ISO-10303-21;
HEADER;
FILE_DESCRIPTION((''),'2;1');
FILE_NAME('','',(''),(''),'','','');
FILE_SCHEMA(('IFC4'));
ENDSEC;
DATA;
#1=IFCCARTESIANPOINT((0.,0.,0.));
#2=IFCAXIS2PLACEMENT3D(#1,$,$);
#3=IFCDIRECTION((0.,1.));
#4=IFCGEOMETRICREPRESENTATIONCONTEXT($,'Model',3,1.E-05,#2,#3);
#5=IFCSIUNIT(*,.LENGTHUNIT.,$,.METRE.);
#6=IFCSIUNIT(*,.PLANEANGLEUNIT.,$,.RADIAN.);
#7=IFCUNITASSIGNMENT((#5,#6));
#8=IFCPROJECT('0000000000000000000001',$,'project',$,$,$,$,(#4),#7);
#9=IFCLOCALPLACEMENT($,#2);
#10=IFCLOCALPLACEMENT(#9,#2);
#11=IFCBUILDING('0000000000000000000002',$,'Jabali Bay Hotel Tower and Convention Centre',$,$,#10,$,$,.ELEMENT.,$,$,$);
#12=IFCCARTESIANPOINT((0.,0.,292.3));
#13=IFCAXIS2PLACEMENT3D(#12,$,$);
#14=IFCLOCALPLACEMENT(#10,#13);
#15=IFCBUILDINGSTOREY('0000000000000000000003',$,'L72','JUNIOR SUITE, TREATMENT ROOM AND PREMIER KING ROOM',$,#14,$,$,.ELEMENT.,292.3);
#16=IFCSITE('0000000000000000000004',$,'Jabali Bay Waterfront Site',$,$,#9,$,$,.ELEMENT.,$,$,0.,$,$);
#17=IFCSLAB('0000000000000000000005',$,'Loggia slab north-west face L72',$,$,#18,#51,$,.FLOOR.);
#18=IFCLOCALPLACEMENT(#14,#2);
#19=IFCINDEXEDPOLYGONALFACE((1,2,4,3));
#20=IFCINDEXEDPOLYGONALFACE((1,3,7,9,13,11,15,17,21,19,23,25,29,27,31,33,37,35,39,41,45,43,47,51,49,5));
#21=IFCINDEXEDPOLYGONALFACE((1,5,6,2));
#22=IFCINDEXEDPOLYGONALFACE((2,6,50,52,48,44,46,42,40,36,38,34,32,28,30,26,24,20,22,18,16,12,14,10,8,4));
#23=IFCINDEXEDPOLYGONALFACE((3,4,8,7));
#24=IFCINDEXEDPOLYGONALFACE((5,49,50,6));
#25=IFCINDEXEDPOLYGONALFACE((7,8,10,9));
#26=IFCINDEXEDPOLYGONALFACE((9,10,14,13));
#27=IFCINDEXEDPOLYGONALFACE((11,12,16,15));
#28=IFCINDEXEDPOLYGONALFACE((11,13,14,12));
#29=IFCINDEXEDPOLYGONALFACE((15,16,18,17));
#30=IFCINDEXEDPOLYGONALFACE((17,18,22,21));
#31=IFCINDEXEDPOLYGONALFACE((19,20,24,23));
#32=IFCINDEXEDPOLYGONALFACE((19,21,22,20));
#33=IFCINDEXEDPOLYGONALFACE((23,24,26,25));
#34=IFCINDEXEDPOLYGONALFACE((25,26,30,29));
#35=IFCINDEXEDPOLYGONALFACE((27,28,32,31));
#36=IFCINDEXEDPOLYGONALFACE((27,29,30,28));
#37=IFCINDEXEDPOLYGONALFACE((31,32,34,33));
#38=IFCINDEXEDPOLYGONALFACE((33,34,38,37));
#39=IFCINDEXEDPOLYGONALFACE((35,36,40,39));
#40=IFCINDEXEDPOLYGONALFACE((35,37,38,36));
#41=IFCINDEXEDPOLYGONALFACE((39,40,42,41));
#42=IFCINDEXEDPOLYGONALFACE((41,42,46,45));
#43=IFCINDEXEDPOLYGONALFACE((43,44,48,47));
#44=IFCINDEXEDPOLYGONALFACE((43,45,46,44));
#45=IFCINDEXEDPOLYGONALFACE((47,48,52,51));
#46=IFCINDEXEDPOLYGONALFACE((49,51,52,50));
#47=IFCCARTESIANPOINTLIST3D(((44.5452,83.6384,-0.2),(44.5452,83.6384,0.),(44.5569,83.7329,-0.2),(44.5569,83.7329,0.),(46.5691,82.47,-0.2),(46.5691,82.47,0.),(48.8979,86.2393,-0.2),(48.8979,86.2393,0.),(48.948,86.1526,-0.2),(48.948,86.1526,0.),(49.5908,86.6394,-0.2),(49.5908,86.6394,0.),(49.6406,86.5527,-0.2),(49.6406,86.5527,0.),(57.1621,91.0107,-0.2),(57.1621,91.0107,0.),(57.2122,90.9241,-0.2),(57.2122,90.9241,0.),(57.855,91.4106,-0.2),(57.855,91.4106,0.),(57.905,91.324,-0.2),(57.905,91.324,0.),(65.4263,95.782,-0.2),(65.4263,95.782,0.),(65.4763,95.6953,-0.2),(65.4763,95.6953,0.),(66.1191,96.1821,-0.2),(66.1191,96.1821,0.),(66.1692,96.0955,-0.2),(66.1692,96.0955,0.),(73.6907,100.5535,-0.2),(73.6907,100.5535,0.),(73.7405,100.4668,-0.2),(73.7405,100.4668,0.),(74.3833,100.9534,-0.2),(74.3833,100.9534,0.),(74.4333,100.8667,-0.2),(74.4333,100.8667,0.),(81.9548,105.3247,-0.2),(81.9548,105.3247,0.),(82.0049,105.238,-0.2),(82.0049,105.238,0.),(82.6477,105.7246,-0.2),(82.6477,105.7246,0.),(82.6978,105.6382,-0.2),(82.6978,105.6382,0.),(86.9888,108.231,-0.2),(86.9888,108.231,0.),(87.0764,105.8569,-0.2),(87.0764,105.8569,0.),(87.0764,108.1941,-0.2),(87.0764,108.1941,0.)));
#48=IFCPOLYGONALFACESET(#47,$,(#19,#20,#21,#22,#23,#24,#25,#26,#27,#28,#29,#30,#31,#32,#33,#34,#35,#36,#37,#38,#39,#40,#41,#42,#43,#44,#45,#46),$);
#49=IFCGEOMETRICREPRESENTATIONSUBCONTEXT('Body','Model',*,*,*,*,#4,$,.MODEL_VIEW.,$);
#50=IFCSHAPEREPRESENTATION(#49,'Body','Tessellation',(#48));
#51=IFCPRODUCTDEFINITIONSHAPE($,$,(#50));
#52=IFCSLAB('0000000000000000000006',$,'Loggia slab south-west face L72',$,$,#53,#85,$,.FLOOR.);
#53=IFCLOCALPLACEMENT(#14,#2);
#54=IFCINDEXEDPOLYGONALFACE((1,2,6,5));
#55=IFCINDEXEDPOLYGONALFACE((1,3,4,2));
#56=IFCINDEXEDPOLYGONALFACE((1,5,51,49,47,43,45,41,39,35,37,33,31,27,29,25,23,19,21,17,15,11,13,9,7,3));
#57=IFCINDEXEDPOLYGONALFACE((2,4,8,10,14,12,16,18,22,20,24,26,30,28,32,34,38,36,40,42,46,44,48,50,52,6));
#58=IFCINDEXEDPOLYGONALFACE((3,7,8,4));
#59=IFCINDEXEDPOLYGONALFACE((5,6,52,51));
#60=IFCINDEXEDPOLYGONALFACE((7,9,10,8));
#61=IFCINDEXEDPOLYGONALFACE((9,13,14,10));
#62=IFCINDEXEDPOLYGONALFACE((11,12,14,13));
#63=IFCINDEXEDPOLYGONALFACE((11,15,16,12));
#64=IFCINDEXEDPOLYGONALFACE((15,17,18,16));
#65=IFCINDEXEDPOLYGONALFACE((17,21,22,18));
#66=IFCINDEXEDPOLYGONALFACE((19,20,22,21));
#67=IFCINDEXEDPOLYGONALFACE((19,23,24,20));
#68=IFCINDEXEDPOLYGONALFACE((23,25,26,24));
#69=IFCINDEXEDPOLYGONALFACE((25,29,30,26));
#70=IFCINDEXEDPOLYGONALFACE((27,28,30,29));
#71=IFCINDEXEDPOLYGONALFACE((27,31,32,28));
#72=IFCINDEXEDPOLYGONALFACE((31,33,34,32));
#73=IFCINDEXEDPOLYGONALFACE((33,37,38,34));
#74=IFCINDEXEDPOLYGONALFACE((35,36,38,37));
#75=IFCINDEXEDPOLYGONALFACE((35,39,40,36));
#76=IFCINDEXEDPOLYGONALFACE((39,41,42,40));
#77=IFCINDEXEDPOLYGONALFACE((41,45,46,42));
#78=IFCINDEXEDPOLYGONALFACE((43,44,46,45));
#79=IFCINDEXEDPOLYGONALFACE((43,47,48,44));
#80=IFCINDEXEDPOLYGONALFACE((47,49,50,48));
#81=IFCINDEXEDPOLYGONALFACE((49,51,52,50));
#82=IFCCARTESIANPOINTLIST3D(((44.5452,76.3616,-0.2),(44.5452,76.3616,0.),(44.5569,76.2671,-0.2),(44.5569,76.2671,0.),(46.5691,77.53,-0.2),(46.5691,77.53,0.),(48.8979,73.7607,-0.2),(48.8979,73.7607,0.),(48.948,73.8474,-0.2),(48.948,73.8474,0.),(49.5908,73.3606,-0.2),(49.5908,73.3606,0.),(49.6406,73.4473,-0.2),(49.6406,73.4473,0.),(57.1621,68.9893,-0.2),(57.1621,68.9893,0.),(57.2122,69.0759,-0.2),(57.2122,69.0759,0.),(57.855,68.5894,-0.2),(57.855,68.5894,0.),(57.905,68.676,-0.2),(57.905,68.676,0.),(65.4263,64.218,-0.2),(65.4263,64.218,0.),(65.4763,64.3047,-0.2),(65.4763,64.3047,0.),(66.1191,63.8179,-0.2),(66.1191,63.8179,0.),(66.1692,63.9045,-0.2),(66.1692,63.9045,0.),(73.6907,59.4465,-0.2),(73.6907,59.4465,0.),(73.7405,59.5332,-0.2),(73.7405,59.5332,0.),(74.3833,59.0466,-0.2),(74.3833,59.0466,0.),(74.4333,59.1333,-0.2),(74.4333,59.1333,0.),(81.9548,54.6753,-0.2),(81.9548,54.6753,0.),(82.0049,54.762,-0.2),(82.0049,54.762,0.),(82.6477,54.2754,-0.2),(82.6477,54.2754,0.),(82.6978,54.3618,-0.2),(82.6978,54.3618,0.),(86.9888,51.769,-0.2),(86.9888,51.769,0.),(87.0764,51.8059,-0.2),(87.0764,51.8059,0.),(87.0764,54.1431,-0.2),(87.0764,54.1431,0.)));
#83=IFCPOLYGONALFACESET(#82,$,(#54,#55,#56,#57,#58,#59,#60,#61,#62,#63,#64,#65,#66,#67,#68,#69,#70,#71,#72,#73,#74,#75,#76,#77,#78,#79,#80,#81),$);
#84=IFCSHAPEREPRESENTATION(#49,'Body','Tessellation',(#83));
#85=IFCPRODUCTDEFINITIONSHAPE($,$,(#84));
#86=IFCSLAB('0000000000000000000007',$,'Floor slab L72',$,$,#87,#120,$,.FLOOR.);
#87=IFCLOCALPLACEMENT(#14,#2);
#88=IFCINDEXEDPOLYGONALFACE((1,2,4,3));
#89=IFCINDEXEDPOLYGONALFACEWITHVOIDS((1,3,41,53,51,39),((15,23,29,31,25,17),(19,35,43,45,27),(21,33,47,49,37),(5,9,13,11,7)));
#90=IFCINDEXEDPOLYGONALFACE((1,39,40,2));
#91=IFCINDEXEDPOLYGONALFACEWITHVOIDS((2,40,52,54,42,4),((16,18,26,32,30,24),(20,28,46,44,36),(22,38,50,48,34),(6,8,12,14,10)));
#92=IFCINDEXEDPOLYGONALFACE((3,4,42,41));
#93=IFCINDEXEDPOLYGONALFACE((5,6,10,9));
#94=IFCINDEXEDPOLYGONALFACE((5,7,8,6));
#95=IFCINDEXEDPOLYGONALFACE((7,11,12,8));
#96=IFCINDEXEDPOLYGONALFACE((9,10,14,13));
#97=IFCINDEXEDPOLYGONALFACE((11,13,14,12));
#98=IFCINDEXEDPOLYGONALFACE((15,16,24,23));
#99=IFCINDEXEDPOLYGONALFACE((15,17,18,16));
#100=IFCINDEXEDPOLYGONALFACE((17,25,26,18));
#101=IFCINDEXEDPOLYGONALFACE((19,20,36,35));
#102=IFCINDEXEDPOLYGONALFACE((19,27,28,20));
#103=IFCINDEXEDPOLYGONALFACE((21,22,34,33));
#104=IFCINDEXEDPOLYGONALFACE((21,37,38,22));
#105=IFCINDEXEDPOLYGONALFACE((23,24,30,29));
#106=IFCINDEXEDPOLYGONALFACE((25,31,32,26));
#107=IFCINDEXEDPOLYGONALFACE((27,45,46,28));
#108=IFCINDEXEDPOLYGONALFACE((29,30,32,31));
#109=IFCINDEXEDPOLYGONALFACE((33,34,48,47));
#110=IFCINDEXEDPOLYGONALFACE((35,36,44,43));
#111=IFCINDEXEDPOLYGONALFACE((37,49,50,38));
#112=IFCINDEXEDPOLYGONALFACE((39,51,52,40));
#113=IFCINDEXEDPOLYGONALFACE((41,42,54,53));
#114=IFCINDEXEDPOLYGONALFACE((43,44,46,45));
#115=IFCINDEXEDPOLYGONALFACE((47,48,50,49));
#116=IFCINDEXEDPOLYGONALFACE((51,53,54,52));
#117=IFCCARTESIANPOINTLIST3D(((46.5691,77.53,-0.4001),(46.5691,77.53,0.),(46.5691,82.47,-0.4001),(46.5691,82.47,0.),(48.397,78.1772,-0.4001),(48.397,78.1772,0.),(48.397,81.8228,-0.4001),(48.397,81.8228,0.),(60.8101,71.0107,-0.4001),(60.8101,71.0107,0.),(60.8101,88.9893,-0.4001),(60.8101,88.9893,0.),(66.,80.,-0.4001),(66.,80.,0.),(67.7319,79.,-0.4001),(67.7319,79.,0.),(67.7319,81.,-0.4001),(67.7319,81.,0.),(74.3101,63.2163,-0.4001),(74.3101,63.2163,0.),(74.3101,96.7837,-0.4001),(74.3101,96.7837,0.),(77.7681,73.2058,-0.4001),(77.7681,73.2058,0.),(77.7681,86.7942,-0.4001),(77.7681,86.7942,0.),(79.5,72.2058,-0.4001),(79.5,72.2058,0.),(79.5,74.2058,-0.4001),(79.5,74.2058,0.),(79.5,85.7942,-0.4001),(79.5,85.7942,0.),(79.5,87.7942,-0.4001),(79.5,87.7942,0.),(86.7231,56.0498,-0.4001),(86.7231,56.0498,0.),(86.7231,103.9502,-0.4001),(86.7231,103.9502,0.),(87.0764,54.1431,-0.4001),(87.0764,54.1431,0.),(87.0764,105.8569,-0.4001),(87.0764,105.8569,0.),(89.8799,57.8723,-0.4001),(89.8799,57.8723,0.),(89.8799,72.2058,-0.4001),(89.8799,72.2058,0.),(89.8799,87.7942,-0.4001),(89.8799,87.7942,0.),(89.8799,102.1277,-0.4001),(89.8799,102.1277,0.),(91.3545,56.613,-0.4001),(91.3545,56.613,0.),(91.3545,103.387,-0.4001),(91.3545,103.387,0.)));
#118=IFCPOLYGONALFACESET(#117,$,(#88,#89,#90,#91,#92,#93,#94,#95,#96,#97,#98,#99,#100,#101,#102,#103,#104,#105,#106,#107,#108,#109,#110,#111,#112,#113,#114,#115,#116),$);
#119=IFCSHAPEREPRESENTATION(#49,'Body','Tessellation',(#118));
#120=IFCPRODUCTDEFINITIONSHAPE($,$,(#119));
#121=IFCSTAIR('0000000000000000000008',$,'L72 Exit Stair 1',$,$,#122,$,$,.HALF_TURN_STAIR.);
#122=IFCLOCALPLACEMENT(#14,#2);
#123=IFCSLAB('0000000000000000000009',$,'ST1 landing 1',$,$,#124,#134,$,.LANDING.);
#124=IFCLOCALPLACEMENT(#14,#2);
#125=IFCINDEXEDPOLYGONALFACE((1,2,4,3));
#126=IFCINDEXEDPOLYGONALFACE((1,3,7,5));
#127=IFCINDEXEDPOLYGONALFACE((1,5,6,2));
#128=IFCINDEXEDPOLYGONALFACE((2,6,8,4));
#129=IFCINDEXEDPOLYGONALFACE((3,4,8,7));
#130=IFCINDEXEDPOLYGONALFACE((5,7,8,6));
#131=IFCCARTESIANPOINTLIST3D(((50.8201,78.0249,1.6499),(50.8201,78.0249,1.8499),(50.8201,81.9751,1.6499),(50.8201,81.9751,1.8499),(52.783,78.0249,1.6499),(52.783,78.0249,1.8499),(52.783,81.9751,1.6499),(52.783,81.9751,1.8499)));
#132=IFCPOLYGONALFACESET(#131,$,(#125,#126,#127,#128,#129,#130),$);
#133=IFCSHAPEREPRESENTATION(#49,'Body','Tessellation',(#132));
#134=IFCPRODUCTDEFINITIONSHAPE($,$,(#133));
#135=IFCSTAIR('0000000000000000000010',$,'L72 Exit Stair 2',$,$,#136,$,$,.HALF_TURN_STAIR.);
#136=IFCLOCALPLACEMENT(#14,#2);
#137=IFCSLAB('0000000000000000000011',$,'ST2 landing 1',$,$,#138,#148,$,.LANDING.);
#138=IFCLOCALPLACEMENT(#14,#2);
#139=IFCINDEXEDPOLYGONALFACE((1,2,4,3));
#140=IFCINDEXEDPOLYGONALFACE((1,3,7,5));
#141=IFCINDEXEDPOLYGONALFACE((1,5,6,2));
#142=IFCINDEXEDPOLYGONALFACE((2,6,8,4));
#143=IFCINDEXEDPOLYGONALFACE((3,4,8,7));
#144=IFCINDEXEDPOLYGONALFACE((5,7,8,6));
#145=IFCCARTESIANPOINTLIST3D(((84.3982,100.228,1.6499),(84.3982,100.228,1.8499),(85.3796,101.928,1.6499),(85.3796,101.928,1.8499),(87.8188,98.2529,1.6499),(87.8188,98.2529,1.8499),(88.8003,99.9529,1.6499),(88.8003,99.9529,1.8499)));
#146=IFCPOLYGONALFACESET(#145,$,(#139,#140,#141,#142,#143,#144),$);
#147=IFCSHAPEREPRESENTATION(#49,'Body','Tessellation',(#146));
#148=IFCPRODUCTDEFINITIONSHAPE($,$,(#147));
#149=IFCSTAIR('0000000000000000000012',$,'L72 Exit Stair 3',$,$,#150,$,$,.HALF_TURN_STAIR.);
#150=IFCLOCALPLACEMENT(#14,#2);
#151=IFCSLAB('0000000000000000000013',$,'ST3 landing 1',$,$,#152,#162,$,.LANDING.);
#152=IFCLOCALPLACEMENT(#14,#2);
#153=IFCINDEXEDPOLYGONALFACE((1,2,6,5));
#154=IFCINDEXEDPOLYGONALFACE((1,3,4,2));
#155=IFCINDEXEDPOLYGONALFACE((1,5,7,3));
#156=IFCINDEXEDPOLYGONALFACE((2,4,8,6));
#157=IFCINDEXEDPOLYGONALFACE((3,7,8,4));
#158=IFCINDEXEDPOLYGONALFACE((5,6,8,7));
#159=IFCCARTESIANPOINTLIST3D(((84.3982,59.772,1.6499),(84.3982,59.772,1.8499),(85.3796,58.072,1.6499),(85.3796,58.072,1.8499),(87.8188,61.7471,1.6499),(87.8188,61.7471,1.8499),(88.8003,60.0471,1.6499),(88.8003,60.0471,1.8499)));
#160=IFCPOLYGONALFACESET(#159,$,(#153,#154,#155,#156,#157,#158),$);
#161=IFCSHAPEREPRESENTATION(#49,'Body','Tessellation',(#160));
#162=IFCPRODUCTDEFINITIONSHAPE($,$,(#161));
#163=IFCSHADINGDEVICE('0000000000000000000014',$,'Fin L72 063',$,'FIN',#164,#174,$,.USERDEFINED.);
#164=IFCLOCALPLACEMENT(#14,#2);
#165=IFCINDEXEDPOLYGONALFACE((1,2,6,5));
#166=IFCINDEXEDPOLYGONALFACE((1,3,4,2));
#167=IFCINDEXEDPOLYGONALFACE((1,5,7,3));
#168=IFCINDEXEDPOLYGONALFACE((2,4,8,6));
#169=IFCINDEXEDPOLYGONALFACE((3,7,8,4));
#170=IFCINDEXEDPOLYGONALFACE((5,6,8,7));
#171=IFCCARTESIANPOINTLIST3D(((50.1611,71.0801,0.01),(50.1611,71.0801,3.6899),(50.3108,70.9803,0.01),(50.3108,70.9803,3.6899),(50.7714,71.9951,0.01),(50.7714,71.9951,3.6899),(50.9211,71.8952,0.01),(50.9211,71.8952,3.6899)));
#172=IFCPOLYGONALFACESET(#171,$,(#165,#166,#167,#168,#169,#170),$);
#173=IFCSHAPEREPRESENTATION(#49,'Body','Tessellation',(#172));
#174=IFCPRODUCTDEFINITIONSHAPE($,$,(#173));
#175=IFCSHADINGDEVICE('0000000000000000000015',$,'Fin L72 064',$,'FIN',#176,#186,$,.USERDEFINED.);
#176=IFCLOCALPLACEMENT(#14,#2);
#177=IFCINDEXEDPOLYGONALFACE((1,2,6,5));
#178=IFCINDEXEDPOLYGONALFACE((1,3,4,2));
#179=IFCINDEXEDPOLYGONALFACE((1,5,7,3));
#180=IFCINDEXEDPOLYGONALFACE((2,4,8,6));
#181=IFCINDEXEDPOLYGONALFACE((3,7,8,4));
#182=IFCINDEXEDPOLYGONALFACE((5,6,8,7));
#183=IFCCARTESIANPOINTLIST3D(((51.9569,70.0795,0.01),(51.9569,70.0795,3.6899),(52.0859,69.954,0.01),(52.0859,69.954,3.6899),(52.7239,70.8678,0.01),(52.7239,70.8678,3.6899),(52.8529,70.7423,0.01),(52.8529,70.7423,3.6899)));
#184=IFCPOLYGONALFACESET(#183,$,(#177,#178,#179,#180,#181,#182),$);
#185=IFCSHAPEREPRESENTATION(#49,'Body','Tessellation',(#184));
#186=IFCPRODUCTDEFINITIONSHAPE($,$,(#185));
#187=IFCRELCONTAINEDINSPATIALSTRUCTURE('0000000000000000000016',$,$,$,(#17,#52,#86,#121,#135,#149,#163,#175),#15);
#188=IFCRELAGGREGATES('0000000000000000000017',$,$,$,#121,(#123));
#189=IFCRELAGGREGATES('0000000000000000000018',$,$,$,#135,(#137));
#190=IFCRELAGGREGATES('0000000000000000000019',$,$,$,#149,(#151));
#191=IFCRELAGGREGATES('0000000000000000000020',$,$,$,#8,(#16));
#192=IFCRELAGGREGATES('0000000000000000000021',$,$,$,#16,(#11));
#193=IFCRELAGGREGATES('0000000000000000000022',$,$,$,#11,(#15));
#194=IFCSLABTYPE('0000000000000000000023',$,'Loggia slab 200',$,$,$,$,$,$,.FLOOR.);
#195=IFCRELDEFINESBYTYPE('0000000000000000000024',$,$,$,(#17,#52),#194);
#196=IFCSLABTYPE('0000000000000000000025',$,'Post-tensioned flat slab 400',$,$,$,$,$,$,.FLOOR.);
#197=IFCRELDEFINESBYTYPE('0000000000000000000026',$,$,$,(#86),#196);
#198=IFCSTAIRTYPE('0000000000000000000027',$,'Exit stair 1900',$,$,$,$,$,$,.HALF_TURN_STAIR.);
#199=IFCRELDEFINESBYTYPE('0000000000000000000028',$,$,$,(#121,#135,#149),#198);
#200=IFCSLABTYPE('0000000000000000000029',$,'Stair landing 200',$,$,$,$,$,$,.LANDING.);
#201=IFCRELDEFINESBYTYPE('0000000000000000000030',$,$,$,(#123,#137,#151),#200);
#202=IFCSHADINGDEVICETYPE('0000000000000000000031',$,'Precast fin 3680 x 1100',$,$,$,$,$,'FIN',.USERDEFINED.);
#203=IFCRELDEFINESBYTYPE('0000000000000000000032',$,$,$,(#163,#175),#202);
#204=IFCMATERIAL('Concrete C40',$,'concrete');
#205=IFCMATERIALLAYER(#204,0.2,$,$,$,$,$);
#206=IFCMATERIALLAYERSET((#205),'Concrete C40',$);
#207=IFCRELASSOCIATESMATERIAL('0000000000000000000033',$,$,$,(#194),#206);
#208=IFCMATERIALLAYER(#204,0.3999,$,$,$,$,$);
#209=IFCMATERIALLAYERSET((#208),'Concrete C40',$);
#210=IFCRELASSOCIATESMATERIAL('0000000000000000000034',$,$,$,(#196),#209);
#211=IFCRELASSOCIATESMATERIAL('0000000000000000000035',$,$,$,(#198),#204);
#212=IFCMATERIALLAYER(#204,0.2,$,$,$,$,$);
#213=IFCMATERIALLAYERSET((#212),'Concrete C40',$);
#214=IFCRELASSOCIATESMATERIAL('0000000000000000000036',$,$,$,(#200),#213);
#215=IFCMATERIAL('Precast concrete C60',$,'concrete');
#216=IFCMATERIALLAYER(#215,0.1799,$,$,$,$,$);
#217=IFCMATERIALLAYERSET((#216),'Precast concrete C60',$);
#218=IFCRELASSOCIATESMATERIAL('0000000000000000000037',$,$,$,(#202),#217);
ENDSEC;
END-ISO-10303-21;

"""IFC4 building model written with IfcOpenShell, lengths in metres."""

from ifc_helpers import new_model, si_unit, direction, frame, frame_2d, origin, place, context, subcontext, project, spatial, polyline, rectangle, outline, extrude, material, layer, layer_set, type_object, element, aggregate, save


model = new_model("IFC4")

# Units and contexts
model_context = context("Model", 3, precision=1e-05, world=origin(), true_north=direction((0.0, 1.0)))
body_context = subcontext(model_context, "Body", "Model", "MODEL_VIEW")
ifc_project = project(units=[si_unit("LENGTHUNIT", "METRE"), si_unit("PLANEANGLEUNIT", "RADIAN")], contexts=[model_context])

# Site, building, storey
site_placement = place(None, origin())
site = spatial("IfcSite", under=ifc_project, at=site_placement, Name="Jabali Bay Waterfront Site", CompositionType="ELEMENT", RefElevation=0.0)
building_placement = place(site_placement, origin())
building = spatial("IfcBuilding", under=site, at=building_placement, Name="Jabali Bay Hotel Tower and Convention Centre", CompositionType="ELEMENT")
storey_placement = place(building_placement, frame((0.0, 0.0, 292.3)))
storey = spatial("IfcBuildingStorey", under=building, at=storey_placement, Name="L72", Description="JUNIOR SUITE, TREATMENT ROOM AND PREMIER KING ROOM", CompositionType="ELEMENT", Elevation=292.3)

# Slabs
ifc_material_1 = material(Name="Concrete C40", Category="concrete")
ifc_layer_1 = layer(ifc_material_1, 0.2)
ifc_layer_set_1 = layer_set([ifc_layer_1], Name="Concrete C40")
slab_type_1 = type_object("IfcSlabType", Name="Loggia slab 200", PredefinedType="FLOOR", material=ifc_layer_set_1)
slab_1_placement = place(storey_placement, frame((0.0, 0.0, -0.2)))
element("IfcSlab", 1, at=slab_1_placement, inside=storey, type_object=slab_type_1, Name="Loggia slab north-west face L72", PredefinedType="FLOOR", context=body_context, shape_type="SweptSolid", body=[
    extrude(outline(polyline([(46.5691, 82.47), (44.5452, 83.6384), (44.5569, 83.7329), (48.8979, 86.2393), (48.948, 86.1526), (49.6406, 86.5527), (49.5908, 86.6394), (57.1621, 91.0107), (57.2122, 90.9241), (57.905, 91.324), (57.855, 91.4106), (65.4263, 95.782), (65.4763, 95.6953), (66.1692, 96.0955), (66.1191, 96.1821), (73.6907, 100.5535), (73.7405, 100.4668), (74.4333, 100.8667), (74.3833, 100.9534), (81.9548, 105.3247), (82.0049, 105.238), (82.6978, 105.6382), (82.6477, 105.7246), (86.9888, 108.231), (87.0764, 108.1941), (87.0764, 105.8569), (46.5691, 82.47)])), origin(), (0.0, 0.0, 1.0), 0.2),
])
slab_2_placement = place(storey_placement, frame((0.0, 0.0, -0.2)))
element("IfcSlab", 2, at=slab_2_placement, inside=storey, type_object=slab_type_1, Name="Loggia slab south-west face L72", PredefinedType="FLOOR", context=body_context, shape_type="SweptSolid", body=[
    extrude(outline(polyline([(87.0764, 54.1431), (87.0764, 51.8059), (86.9888, 51.769), (82.6477, 54.2754), (82.6978, 54.3618), (82.0049, 54.762), (81.9548, 54.6753), (74.3833, 59.0466), (74.4333, 59.1333), (73.7405, 59.5332), (73.6907, 59.4465), (66.1191, 63.8179), (66.1692, 63.9045), (65.4763, 64.3047), (65.4263, 64.218), (57.855, 68.5894), (57.905, 68.676), (57.2122, 69.0759), (57.1621, 68.9893), (49.5908, 73.3606), (49.6406, 73.4473), (48.948, 73.8474), (48.8979, 73.7607), (44.5569, 76.2671), (44.5452, 76.3616), (46.5691, 77.53), (87.0764, 54.1431)])), origin(), (0.0, 0.0, 1.0), 0.2),
])
ifc_layer_2 = layer(ifc_material_1, 0.3999)
ifc_layer_set_2 = layer_set([ifc_layer_2], Name="Concrete C40")
slab_type_2 = type_object("IfcSlabType", Name="Post-tensioned flat slab 400", PredefinedType="FLOOR", material=ifc_layer_set_2)
slab_3_placement = place(storey_placement, frame((0.0, 0.0, -0.4001)))
element("IfcSlab", 3, at=slab_3_placement, inside=storey, type_object=slab_type_2, Name="Floor slab L72", PredefinedType="FLOOR", context=body_context, shape_type="SweptSolid", body=[
    extrude(outline(polyline([(87.0764, 105.8569), (91.3545, 103.387), (91.3545, 56.613), (87.0764, 54.1431), (46.5691, 77.53), (46.5691, 82.47), (87.0764, 105.8569)]), holes=[polyline([(67.7319, 79.0), (77.7681, 73.2058), (79.5, 74.2058), (79.5, 85.7942), (77.7681, 86.7942), (67.7319, 81.0), (67.7319, 79.0)]), polyline([(48.397, 78.1772), (60.8101, 71.0107), (66.0, 80.0), (60.8101, 88.9893), (48.397, 81.8228), (48.397, 78.1772)]), polyline([(89.8799, 102.1277), (86.7231, 103.9502), (74.3101, 96.7837), (79.5, 87.7942), (89.8799, 87.7942), (89.8799, 102.1277)]), polyline([(74.3101, 63.2163), (86.7231, 56.0498), (89.8799, 57.8723), (89.8799, 72.2058), (79.5, 72.2058), (74.3101, 63.2163)])]), origin(), (0.0, 0.0, 1.0), 0.4001),
])

# Stairs, slabs
stair_type = type_object("IfcStairType", Name="Exit stair 1900", PredefinedType="HALF_TURN_STAIR", material=ifc_material_1)
stair_1_placement = place(storey_placement, origin())
stair_1 = element("IfcStair", 4, at=stair_1_placement, inside=storey, type_object=stair_type, Name="L72 Exit Stair 1", PredefinedType="HALF_TURN_STAIR")
ifc_layer_3 = layer(ifc_material_1, 0.2)
ifc_layer_set_3 = layer_set([ifc_layer_3], Name="Concrete C40")
slab_type_3 = type_object("IfcSlabType", Name="Stair landing 200", PredefinedType="LANDING", material=ifc_layer_set_3)
slab_4_placement = place(storey_placement, frame((0.0, 0.0, 1.6499)))
slab_4 = element("IfcSlab", 5, at=slab_4_placement, type_object=slab_type_3, Name="ST1 landing 1", PredefinedType="LANDING", context=body_context, shape_type="SweptSolid", body=[
    extrude(outline(polyline([(52.783, 81.9751), (50.8201, 81.9751), (50.8201, 78.0249), (52.783, 78.0249), (52.783, 81.9751)])), origin(), (0.0, 0.0, 1.0), 0.2),
])
aggregate(stair_1, [slab_4])
stair_2_placement = place(storey_placement, origin())
stair_2 = element("IfcStair", 6, at=stair_2_placement, inside=storey, type_object=stair_type, Name="L72 Exit Stair 2", PredefinedType="HALF_TURN_STAIR")
slab_5_placement = place(storey_placement, frame((0.0, 0.0, 1.6499)))
slab_5 = element("IfcSlab", 7, at=slab_5_placement, type_object=slab_type_3, Name="ST2 landing 1", PredefinedType="LANDING", context=body_context, shape_type="SweptSolid", body=[
    extrude(outline(polyline([(87.8188, 98.2529), (88.8003, 99.9529), (85.3796, 101.928), (84.3982, 100.228), (87.8188, 98.2529)])), origin(), (0.0, 0.0, 1.0), 0.2),
])
aggregate(stair_2, [slab_5])
stair_3_placement = place(storey_placement, origin())
stair_3 = element("IfcStair", 8, at=stair_3_placement, inside=storey, type_object=stair_type, Name="L72 Exit Stair 3", PredefinedType="HALF_TURN_STAIR")
slab_6_placement = place(storey_placement, frame((0.0, 0.0, 1.6499)))
slab_6 = element("IfcSlab", 9, at=slab_6_placement, type_object=slab_type_3, Name="ST3 landing 1", PredefinedType="LANDING", context=body_context, shape_type="SweptSolid", body=[
    extrude(outline(polyline([(84.3982, 59.772), (85.3796, 58.072), (88.8003, 60.0471), (87.8188, 61.7471), (84.3982, 59.772)])), origin(), (0.0, 0.0, 1.0), 0.2),
])
aggregate(stair_3, [slab_6])

# Shading devices
ifc_material_2 = material(Name="Precast concrete C60", Category="concrete")
ifc_layer_4 = layer(ifc_material_2, 0.1799)
ifc_layer_set_4 = layer_set([ifc_layer_4], Name="Precast concrete C60")
shading_device_type_1 = type_object("IfcShadingDeviceType", Name="Precast fin 3680 x 1100", ElementType="FIN", PredefinedType="USERDEFINED", material=ifc_layer_set_4)
for number, where, z_axis, x_axis, name in (
    (10, (50.8462, 71.9451, 0.01), (0.0, 0.0, 1.0), (-0.554905, -0.831914, 0.0), "Fin L72 063"),
    (11, (52.7883, 70.8049, 0.01), (0.0, 0.0, 1.0), (-0.697386, -0.716696, 0.0), "Fin L72 064"),
):
    element("IfcShadingDevice", number, at=place(storey_placement, frame(where, z_axis=z_axis, x_axis=x_axis)), inside=storey, type_object=shading_device_type_1, Name=name, ObjectType="FIN", PredefinedType="USERDEFINED", context=body_context, shape_type="SweptSolid", body=[
        extrude(rectangle(XDim=1.0999, YDim=0.1799, at=frame_2d((0.5498, 0.0))), origin(), (0.0, 0.0, 1.0), 3.6799),
    ])

save(model, "model.ifc")
